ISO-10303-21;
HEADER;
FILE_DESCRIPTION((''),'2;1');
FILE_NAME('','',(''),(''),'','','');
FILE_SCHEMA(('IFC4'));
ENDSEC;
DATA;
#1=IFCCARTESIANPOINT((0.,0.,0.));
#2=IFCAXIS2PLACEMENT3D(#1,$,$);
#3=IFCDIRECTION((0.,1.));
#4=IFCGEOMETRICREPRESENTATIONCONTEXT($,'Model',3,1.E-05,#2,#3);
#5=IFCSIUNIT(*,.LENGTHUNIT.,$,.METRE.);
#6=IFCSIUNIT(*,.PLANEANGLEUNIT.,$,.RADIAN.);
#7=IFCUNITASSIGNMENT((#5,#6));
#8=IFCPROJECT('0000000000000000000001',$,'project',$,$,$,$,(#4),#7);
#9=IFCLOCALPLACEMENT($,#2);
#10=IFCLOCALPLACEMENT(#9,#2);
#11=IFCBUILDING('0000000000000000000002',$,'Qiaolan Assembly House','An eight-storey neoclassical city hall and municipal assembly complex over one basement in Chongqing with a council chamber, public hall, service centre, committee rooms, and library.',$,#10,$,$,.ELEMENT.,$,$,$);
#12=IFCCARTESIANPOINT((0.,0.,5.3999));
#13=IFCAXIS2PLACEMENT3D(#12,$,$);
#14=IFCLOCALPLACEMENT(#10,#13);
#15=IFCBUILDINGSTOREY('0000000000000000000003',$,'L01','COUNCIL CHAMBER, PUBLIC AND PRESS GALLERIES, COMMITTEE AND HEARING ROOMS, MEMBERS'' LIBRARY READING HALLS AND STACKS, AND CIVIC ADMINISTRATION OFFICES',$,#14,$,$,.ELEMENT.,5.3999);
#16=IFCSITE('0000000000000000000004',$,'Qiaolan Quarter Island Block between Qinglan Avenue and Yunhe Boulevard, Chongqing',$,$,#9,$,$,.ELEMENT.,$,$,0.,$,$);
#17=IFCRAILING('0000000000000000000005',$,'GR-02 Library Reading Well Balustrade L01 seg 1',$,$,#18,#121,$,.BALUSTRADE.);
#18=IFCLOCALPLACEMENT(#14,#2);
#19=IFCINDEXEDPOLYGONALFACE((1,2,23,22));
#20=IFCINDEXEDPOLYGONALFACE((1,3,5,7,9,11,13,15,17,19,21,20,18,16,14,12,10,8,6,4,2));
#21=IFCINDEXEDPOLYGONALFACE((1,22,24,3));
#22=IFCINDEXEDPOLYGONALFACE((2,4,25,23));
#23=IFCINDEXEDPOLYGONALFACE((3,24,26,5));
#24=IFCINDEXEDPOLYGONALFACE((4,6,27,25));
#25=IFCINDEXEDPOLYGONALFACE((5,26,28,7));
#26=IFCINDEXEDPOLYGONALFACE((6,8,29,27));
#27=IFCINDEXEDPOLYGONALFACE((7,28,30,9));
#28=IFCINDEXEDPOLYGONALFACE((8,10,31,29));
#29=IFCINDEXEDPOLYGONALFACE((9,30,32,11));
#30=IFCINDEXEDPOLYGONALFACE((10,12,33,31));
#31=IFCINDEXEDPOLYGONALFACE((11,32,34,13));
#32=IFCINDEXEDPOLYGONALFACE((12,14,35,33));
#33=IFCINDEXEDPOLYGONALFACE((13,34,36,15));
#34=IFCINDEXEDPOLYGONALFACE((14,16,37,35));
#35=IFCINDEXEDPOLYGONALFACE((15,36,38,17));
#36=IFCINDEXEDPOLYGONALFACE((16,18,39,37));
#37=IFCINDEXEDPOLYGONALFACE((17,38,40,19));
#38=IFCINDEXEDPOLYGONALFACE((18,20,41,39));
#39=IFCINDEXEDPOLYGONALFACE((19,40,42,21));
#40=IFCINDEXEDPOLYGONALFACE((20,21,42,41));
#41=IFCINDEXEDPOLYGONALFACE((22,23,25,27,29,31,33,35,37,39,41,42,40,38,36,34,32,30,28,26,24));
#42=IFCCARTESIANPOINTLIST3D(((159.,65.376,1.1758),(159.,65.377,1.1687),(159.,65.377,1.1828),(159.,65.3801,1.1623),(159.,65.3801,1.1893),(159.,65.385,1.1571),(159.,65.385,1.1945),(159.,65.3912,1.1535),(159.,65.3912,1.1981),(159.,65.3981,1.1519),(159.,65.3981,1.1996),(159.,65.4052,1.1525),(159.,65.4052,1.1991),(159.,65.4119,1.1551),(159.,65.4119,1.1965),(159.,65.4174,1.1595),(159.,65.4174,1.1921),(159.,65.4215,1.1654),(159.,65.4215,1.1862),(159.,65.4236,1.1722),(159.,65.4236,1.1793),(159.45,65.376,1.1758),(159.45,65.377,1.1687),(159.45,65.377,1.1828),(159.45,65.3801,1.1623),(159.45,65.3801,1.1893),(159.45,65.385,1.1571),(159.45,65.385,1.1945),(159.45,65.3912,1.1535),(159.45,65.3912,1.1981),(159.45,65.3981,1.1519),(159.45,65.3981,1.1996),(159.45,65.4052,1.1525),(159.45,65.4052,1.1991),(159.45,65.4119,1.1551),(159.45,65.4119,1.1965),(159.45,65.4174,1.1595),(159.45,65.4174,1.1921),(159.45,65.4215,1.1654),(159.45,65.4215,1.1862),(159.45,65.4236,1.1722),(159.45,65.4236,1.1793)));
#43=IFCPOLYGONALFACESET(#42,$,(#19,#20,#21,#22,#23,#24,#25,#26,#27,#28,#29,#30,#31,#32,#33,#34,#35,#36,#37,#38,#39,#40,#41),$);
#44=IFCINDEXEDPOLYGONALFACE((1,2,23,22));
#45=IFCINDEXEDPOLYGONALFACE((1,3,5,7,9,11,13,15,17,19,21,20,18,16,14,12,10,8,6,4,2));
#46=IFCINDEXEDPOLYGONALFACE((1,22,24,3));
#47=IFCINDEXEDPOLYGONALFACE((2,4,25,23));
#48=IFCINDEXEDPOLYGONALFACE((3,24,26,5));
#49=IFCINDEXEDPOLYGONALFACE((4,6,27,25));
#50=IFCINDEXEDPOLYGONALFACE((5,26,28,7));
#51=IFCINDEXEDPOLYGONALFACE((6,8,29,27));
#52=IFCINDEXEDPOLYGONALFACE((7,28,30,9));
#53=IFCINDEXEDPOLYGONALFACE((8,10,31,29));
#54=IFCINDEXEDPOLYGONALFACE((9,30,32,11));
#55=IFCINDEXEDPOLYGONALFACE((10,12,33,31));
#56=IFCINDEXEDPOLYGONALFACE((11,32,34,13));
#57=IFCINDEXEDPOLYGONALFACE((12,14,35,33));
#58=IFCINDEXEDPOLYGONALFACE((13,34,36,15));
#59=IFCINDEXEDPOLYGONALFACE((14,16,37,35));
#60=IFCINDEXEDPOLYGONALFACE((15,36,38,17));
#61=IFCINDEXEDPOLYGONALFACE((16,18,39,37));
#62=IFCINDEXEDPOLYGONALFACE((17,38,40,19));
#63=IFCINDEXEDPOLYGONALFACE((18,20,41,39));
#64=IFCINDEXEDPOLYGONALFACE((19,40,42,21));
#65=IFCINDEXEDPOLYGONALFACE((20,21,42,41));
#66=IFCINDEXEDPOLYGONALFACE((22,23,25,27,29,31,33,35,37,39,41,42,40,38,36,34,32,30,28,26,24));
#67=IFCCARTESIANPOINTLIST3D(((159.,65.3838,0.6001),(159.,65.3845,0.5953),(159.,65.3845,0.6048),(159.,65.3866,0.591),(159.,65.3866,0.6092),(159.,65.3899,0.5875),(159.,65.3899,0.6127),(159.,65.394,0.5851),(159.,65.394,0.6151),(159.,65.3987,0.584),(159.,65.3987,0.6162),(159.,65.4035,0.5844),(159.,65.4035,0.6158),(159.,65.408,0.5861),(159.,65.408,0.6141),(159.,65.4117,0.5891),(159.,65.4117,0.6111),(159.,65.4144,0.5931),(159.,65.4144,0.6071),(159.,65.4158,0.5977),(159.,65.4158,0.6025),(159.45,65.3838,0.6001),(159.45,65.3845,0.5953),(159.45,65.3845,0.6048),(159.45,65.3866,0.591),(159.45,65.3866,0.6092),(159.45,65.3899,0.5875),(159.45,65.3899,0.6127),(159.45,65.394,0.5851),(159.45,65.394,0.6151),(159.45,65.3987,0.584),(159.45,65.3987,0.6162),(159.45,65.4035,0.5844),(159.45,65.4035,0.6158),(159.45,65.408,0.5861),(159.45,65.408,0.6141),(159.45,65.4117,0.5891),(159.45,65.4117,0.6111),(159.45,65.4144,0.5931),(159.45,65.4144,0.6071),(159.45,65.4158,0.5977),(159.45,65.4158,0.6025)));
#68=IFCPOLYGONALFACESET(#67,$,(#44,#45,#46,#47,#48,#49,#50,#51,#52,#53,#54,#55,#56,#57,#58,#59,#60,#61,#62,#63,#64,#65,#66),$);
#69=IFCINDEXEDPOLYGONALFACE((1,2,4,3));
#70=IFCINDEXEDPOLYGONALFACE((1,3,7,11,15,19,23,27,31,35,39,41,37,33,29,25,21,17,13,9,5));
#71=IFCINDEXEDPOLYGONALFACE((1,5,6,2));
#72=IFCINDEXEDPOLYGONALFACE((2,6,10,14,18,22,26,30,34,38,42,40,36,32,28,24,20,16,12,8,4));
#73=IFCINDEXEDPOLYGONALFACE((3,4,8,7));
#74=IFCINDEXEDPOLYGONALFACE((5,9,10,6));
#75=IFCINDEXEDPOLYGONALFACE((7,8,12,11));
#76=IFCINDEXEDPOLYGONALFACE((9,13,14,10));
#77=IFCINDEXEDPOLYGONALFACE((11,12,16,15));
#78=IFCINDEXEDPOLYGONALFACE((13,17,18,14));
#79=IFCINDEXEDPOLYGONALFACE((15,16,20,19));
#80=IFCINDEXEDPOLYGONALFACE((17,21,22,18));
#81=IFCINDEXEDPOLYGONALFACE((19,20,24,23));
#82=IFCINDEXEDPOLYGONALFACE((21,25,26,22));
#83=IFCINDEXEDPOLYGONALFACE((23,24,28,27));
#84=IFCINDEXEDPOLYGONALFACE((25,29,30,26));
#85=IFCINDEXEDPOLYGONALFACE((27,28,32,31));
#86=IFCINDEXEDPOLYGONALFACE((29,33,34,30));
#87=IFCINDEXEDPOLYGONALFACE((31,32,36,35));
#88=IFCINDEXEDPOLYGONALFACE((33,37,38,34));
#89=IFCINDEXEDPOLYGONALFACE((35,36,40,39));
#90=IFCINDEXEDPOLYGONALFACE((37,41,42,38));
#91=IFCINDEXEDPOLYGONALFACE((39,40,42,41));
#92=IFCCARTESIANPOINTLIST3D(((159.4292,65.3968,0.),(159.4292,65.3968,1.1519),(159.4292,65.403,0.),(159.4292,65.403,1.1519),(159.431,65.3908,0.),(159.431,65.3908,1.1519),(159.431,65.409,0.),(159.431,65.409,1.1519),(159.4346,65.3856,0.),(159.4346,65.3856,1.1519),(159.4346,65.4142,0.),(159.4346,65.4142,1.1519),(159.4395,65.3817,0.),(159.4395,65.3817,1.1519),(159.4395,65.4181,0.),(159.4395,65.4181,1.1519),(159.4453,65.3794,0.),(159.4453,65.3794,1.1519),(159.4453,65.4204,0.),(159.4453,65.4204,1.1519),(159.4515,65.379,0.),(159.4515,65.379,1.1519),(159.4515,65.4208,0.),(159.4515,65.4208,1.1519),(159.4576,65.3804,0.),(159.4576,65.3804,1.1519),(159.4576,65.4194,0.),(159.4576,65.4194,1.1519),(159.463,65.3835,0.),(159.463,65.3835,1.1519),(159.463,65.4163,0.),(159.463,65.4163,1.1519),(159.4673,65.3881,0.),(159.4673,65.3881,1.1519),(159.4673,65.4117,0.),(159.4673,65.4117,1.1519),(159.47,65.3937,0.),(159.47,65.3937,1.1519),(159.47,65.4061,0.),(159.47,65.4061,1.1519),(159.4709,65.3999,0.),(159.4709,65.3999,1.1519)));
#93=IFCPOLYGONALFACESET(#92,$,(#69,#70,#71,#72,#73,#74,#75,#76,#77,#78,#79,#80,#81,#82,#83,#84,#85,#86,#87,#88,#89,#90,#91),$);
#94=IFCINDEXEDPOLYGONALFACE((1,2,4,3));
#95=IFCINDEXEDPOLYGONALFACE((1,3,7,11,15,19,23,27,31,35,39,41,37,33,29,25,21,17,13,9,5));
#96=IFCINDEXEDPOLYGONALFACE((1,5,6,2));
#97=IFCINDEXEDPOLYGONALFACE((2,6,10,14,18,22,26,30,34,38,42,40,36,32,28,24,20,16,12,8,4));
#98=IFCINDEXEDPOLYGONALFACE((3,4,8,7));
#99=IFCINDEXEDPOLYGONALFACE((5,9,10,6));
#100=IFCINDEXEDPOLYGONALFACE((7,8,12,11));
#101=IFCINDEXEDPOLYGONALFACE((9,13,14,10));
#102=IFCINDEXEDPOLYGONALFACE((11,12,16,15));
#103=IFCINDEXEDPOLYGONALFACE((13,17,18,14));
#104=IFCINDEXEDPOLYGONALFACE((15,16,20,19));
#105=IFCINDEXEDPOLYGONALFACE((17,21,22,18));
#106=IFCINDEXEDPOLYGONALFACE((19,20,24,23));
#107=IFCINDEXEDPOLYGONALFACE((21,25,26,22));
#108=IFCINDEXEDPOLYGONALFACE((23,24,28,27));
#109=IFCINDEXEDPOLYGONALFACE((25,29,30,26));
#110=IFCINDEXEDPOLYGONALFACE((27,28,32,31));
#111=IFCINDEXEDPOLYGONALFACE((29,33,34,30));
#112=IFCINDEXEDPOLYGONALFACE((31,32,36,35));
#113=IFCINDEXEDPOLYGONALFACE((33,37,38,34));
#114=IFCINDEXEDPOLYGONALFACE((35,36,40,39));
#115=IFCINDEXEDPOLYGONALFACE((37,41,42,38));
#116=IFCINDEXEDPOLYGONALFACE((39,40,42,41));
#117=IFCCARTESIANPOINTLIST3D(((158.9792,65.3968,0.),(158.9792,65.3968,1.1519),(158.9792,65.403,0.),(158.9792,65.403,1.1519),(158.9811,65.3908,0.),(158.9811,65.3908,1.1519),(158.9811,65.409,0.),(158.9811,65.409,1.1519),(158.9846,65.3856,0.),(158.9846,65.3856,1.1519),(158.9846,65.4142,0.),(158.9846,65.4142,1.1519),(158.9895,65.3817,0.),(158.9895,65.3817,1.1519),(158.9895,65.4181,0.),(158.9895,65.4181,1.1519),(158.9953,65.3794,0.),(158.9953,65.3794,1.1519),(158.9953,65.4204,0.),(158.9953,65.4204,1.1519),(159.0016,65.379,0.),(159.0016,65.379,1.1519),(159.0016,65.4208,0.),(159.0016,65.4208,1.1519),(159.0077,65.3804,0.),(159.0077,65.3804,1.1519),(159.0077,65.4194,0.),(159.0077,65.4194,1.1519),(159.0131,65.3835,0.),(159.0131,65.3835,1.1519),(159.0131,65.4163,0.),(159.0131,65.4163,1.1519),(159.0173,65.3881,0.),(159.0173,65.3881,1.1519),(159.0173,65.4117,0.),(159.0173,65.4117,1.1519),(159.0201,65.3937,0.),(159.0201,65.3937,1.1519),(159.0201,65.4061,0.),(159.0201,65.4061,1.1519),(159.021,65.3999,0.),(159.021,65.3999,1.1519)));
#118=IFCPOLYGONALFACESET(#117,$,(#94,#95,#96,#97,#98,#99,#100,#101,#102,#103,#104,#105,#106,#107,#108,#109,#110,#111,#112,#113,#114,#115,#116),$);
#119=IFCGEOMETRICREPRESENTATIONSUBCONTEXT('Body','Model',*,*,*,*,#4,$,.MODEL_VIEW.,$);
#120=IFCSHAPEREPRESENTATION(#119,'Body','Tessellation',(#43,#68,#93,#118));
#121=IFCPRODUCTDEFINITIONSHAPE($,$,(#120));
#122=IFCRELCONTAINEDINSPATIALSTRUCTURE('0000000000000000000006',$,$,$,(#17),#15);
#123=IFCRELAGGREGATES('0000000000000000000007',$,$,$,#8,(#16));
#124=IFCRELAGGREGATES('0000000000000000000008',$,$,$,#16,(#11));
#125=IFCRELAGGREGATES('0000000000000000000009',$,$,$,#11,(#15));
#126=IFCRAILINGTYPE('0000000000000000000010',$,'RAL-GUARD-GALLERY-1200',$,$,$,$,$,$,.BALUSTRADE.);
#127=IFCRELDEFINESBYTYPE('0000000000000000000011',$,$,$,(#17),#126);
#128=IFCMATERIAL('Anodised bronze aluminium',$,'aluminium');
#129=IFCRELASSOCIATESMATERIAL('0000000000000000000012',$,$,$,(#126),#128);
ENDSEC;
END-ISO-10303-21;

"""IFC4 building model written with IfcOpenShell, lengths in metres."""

from ifc_helpers import new_model, si_unit, direction, frame, origin, origin_2d, place, context, subcontext, project, spatial, circle, extrude, material, type_object, element, save


model = new_model("IFC4")

# Units and contexts
model_context = context("Model", 3, precision=1e-05, world=origin(), true_north=direction((0.0, 1.0)))
body_context = subcontext(model_context, "Body", "Model", "MODEL_VIEW")
ifc_project = project(units=[si_unit("LENGTHUNIT", "METRE"), si_unit("PLANEANGLEUNIT", "RADIAN")], contexts=[model_context])

# Site, building, storey
site_placement = place(None, origin())
site = spatial("IfcSite", under=ifc_project, at=site_placement, Name="Qiaolan Quarter Island Block between Qinglan Avenue and Yunhe Boulevard, Chongqing", CompositionType="ELEMENT", RefElevation=0.0)
building_placement = place(site_placement, origin())
building = spatial("IfcBuilding", under=site, at=building_placement, Name="Qiaolan Assembly House", Description="An eight-storey neoclassical city hall and municipal assembly complex over one basement in Chongqing with a council chamber, public hall, service centre, committee rooms, and library.", CompositionType="ELEMENT")
storey_placement = place(building_placement, frame((0.0, 0.0, 5.3999)))
storey = spatial("IfcBuildingStorey", under=building, at=storey_placement, Name="L01", Description="COUNCIL CHAMBER, PUBLIC AND PRESS GALLERIES, COMMITTEE AND HEARING ROOMS, MEMBERS' LIBRARY READING HALLS AND STACKS, AND CIVIC ADMINISTRATION OFFICES", CompositionType="ELEMENT", Elevation=5.3999)

# Railing
ifc_material_1 = material(Name="Anodised bronze aluminium", Category="aluminium")
railing_type = type_object("IfcRailingType", Name="RAL-GUARD-GALLERY-1200", PredefinedType="BALUSTRADE", material=ifc_material_1)
railing_1_placement = place(storey_placement, frame((159.45, 65.3999, 0.0)))
element("IfcRailing", 1, at=railing_1_placement, inside=storey, type_object=railing_type, Name="GR-02 Library Reading Well Balustrade L01 seg 1", PredefinedType="BALUSTRADE", context=body_context, shape_type="SweptSolid", body=[
    extrude(circle(Radius=0.0239, at=origin_2d()), frame((0.0, 0.0, 1.1758), z_axis=(-1.0, 0.0, 0.0), x_axis=(0.0, -1.0, 0.0)), (0.0, 0.0, 1.0), 0.45),
    extrude(circle(Radius=0.0161, at=origin_2d()), frame((0.0, 0.0, 0.6001), z_axis=(-1.0, 0.0, 0.0), x_axis=(0.0, -1.0, 0.0)), (0.0, 0.0, 1.0), 0.45),
    extrude(circle(Radius=0.021, at=origin_2d()), origin(), (0.0, 0.0, 1.0), 1.1519),
    extrude(circle(Radius=0.021, at=origin_2d()), frame((-0.45, 0.0, 0.0)), (0.0, 0.0, 1.0), 1.1519),
])

save(model, "model.ifc")
